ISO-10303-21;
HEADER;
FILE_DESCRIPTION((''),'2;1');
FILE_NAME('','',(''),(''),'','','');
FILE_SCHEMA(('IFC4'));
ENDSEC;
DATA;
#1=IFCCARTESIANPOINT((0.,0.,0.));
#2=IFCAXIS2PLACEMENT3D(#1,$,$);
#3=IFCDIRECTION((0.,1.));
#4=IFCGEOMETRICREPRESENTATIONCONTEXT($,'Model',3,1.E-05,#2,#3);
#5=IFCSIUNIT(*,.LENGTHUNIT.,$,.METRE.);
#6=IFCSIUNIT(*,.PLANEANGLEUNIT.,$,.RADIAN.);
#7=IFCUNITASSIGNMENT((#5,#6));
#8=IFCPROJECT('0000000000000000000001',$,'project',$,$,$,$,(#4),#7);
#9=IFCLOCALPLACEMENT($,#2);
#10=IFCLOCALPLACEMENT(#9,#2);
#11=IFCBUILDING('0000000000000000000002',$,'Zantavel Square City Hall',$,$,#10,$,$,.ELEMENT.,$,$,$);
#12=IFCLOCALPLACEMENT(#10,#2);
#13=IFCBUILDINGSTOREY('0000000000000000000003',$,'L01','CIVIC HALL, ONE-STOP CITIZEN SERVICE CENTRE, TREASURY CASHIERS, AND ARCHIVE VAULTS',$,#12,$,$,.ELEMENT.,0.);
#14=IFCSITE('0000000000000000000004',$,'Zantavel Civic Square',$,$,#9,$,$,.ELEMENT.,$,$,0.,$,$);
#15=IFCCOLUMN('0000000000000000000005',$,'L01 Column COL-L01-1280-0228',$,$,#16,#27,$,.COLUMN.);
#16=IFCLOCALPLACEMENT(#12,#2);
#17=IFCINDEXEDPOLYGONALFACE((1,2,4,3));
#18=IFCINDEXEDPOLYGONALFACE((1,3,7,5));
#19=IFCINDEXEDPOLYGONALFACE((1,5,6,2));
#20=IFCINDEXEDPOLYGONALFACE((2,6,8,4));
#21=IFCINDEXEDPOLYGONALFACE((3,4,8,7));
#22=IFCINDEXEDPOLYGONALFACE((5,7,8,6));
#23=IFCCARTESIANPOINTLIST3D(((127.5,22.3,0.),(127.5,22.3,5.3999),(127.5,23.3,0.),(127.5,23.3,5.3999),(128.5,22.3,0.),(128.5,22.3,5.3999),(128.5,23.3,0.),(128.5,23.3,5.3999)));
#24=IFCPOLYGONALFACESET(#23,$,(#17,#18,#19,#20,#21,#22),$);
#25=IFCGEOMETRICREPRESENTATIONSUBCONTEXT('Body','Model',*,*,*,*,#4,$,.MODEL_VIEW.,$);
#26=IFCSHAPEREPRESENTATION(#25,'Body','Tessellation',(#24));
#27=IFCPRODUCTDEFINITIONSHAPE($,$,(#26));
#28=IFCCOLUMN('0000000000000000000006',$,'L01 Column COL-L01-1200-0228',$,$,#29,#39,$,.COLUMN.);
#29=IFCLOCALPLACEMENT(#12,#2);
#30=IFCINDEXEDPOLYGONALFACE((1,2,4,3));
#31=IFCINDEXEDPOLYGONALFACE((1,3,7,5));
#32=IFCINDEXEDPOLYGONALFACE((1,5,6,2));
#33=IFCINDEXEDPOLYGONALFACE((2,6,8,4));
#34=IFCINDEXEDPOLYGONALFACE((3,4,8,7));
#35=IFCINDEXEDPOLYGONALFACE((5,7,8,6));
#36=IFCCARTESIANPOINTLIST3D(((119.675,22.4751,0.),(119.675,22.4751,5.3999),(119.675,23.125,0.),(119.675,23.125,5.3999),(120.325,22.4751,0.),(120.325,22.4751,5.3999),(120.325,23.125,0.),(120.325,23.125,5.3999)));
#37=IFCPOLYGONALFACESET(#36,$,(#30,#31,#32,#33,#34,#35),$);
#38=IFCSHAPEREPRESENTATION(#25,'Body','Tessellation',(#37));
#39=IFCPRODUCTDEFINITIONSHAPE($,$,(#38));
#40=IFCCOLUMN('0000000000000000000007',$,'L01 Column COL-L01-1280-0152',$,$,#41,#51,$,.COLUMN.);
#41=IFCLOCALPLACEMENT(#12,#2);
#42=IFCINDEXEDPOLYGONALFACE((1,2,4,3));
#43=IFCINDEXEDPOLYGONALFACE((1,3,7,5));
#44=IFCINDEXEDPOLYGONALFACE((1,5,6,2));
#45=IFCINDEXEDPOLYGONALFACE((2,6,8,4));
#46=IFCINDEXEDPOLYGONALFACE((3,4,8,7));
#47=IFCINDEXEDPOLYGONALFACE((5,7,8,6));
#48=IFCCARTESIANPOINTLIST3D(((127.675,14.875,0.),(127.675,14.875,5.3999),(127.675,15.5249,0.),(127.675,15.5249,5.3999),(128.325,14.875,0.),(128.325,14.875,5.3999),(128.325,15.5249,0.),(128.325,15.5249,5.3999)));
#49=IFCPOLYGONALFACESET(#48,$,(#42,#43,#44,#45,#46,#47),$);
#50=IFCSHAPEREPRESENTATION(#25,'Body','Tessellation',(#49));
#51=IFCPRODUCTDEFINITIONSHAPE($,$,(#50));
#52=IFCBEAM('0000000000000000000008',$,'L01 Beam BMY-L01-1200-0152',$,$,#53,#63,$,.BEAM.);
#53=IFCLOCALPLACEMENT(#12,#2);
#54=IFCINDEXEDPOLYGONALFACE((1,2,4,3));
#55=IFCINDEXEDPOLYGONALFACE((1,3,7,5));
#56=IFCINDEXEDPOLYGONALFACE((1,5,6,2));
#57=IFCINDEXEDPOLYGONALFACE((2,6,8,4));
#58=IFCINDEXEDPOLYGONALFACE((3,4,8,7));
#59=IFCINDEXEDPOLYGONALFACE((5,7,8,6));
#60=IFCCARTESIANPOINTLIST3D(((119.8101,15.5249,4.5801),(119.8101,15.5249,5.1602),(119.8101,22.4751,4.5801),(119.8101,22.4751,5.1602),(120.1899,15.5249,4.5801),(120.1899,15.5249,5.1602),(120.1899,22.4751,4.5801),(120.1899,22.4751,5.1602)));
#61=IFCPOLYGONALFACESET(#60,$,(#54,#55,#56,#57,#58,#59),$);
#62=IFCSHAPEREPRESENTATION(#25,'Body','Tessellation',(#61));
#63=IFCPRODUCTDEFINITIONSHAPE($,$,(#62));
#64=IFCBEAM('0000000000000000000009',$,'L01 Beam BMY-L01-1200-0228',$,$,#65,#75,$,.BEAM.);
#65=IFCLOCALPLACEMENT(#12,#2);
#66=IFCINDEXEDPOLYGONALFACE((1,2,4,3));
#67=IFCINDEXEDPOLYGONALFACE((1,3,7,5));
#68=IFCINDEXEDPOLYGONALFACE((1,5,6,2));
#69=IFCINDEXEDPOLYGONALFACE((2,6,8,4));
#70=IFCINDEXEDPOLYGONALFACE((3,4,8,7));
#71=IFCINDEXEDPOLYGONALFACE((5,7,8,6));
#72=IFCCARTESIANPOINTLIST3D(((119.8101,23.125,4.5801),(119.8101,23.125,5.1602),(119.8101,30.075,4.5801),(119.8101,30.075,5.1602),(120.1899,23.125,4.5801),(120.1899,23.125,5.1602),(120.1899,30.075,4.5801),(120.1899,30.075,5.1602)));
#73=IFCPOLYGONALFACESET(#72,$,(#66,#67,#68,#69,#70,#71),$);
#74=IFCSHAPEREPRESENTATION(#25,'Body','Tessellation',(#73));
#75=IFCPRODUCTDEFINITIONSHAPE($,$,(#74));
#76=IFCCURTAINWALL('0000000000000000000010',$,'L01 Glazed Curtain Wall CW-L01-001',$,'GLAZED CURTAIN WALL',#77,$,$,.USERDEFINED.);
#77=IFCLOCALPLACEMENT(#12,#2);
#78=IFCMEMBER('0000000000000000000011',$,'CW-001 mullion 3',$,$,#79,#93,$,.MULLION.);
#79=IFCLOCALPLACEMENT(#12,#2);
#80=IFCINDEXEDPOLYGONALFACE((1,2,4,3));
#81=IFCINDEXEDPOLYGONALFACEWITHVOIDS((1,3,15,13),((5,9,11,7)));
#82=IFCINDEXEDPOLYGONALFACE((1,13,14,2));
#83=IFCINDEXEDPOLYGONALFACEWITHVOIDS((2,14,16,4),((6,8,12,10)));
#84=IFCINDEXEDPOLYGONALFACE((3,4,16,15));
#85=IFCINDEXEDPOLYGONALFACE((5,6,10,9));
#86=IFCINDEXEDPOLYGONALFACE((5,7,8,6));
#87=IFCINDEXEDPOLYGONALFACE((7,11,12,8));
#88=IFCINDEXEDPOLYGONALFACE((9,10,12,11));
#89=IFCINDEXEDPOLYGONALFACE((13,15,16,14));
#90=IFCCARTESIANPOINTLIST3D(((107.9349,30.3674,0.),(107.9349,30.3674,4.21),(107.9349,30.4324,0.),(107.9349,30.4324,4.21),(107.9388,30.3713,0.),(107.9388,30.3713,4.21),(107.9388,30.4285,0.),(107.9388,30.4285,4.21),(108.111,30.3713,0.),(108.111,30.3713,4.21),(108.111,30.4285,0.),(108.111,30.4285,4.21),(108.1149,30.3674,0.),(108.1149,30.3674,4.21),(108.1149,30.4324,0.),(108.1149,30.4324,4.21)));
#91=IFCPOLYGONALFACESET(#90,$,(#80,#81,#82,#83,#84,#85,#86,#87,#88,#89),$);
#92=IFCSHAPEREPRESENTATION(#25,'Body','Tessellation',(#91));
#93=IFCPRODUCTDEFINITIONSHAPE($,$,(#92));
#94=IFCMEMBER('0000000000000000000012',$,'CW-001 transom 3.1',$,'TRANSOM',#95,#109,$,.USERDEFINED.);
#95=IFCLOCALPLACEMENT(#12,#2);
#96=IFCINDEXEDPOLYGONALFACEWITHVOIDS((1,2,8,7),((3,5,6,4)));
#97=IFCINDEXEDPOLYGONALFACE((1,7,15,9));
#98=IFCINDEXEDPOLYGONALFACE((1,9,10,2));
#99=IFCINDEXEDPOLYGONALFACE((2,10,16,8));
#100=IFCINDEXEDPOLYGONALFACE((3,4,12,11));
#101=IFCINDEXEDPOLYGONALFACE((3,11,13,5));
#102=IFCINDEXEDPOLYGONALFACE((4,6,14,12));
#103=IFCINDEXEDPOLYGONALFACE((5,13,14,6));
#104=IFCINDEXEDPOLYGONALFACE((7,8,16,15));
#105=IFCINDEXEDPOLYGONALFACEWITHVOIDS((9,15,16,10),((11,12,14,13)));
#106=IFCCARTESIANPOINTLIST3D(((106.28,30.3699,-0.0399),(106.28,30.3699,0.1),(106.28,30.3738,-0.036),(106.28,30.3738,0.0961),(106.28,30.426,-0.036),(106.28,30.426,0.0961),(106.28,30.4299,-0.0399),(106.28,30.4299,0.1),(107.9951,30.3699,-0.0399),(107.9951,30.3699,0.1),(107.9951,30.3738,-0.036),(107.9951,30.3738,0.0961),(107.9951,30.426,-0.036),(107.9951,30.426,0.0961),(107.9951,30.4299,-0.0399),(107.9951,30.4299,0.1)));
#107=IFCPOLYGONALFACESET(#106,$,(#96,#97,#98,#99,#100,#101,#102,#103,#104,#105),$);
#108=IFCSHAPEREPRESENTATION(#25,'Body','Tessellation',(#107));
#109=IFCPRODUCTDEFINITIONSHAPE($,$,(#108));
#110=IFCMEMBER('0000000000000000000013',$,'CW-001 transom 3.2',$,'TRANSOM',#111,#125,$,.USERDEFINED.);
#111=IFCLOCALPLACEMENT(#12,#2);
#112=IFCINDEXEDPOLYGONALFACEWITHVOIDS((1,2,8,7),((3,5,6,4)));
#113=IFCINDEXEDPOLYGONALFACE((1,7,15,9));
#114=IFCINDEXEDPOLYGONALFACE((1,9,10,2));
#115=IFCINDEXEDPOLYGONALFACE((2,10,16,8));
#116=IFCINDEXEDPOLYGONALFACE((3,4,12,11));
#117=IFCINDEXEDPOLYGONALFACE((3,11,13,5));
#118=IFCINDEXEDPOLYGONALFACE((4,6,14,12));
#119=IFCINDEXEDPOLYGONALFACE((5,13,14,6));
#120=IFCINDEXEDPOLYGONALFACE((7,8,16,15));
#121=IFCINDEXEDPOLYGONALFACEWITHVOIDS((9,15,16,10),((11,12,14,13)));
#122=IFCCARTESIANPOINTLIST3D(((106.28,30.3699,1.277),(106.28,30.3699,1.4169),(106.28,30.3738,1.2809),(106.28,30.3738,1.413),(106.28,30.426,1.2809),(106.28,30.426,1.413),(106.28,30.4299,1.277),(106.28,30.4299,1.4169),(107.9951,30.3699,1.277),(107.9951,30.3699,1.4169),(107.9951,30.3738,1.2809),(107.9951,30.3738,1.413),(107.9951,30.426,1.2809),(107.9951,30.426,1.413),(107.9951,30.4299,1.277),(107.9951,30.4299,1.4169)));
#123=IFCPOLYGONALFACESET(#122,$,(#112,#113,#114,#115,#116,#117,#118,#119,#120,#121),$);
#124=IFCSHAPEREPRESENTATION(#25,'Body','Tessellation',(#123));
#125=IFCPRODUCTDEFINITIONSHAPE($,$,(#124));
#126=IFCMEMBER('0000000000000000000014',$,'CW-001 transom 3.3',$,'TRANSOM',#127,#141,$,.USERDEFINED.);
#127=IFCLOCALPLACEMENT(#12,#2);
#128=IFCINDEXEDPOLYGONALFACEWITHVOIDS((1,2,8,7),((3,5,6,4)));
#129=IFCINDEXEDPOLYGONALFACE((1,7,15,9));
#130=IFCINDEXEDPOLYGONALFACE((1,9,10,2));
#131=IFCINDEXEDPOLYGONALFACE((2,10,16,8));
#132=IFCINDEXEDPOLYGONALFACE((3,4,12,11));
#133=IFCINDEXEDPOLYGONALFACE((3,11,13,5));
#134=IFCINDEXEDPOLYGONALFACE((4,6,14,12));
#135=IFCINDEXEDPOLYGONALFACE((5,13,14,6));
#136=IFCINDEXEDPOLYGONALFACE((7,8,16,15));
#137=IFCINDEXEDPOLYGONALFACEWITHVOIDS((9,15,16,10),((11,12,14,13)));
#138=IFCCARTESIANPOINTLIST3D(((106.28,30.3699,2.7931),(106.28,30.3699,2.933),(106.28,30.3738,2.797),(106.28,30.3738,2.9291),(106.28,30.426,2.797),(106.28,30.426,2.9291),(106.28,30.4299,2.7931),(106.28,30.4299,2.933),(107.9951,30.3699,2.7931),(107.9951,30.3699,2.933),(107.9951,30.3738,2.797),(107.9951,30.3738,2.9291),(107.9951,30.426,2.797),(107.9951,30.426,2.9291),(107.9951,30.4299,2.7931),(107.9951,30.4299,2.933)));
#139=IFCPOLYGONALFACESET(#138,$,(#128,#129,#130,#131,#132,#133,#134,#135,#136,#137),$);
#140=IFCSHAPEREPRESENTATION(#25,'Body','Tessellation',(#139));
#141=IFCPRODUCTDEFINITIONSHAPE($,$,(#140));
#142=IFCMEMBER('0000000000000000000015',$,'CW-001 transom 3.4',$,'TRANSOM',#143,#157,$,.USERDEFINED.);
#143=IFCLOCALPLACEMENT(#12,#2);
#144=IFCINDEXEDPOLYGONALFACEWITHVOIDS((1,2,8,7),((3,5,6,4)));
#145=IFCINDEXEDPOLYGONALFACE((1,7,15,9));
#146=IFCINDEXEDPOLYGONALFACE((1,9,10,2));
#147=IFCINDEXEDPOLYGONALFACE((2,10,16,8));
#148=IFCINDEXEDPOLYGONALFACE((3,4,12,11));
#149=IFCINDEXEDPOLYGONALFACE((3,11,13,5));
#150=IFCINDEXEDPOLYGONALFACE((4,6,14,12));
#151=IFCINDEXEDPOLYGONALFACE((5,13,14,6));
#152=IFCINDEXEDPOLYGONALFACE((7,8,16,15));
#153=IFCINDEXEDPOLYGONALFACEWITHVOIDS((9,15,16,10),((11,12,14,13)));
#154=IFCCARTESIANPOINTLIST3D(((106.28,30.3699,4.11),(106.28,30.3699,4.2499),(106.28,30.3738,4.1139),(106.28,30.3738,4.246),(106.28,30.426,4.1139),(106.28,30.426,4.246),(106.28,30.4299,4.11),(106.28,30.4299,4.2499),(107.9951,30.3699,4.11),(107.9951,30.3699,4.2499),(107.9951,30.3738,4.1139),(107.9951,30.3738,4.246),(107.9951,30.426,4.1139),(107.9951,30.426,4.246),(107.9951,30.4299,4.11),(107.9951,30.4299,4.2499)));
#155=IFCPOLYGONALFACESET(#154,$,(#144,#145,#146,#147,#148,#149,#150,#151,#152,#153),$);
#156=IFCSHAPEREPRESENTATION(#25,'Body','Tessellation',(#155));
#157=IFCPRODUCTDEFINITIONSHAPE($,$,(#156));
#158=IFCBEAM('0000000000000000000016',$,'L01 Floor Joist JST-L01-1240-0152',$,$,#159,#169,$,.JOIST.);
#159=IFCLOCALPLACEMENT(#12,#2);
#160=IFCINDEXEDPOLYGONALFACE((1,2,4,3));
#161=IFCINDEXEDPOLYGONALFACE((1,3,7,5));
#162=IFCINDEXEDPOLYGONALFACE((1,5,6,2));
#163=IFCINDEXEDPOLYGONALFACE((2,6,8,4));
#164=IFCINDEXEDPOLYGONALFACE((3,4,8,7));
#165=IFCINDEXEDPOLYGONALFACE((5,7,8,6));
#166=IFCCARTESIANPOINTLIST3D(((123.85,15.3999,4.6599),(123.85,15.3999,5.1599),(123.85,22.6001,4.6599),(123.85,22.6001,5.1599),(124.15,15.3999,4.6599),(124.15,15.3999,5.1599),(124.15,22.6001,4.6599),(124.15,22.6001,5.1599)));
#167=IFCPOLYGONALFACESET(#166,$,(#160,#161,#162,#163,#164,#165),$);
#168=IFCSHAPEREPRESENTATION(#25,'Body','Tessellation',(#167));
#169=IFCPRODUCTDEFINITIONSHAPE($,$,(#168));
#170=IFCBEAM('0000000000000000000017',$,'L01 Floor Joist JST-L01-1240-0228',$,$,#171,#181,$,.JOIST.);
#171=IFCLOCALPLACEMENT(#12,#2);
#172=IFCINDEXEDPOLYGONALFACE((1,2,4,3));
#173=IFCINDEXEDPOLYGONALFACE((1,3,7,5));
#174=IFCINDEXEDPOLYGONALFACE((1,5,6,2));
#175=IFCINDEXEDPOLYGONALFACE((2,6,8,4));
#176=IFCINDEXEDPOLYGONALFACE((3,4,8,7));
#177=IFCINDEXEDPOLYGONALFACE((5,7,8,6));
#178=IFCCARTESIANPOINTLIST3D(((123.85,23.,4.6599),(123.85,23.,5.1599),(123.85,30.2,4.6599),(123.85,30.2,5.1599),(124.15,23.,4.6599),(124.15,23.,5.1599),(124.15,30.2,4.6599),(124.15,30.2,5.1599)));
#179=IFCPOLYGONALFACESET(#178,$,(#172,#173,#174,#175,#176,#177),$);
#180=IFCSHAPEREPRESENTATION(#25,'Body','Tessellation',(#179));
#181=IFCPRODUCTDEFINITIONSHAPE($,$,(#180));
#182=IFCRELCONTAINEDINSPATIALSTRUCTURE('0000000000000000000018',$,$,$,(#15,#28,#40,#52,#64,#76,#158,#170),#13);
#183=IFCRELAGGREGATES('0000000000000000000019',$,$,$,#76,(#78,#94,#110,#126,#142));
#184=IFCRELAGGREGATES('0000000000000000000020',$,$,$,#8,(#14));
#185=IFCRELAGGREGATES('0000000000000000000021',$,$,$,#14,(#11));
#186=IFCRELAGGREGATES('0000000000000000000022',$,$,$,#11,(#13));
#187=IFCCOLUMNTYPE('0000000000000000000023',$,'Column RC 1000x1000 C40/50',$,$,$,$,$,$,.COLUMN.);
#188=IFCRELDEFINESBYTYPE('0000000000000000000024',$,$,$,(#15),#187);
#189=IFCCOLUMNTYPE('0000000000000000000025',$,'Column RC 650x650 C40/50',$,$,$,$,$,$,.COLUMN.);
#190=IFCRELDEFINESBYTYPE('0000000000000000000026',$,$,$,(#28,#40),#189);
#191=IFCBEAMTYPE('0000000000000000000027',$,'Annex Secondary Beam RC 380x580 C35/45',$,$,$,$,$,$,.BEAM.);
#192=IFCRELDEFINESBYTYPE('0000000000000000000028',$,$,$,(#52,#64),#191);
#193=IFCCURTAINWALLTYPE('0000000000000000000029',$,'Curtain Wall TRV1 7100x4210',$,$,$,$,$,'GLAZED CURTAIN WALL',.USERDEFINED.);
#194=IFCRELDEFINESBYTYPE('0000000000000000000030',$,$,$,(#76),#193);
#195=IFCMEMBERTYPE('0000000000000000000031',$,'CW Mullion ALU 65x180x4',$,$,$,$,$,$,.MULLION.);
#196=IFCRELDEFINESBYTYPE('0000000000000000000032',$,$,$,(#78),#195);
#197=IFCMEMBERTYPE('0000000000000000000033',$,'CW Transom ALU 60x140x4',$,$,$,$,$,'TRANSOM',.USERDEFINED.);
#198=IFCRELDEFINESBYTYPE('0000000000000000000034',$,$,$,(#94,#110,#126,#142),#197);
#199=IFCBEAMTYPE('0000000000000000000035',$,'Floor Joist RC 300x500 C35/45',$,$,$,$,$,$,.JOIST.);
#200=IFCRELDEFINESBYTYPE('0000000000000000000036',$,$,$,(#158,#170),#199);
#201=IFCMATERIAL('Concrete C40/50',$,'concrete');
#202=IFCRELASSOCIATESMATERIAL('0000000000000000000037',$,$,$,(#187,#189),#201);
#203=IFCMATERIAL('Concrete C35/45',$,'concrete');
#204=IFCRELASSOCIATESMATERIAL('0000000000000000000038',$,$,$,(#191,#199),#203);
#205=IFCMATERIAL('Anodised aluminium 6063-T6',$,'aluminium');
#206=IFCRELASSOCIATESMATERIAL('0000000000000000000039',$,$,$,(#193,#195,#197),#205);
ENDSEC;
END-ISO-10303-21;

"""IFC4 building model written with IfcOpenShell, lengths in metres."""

from ifc_helpers import new_model, si_unit, direction, frame, origin, origin_2d, place, context, subcontext, project, spatial, rectangle, hollow_rectangle, extrude, material, material_profile, profile_set, type_object, element, aggregate, save


model = new_model("IFC4")

# Units and contexts
model_context = context("Model", 3, precision=1e-05, world=origin(), true_north=direction((0.0, 1.0)))
body_context = subcontext(model_context, "Body", "Model", "MODEL_VIEW")
ifc_project = project(units=[si_unit("LENGTHUNIT", "METRE"), si_unit("PLANEANGLEUNIT", "RADIAN")], contexts=[model_context])

# Site, building, storey
site_placement = place(None, origin())
site = spatial("IfcSite", under=ifc_project, at=site_placement, Name="Zantavel Civic Square", CompositionType="ELEMENT", RefElevation=0.0)
building_placement = place(site_placement, origin())
building = spatial("IfcBuilding", under=site, at=building_placement, Name="Zantavel Square City Hall", CompositionType="ELEMENT")
storey_placement = place(building_placement, origin())
storey = spatial("IfcBuildingStorey", under=building, at=storey_placement, Name="L01", Description="CIVIC HALL, ONE-STOP CITIZEN SERVICE CENTRE, TREASURY CASHIERS, AND ARCHIVE VAULTS", CompositionType="ELEMENT", Elevation=0.0)

# Columns
ifc_material_1 = material(Name="Concrete C40/50", Category="concrete")
ifc_material_profile_1 = material_profile(ifc_material_1, rectangle(XDim=1.0, YDim=1.0, at=origin_2d()), Name="RC 1000x1000")
ifc_profile_set_1 = profile_set([ifc_material_profile_1], Name="Concrete C40/50")
column_type_1 = type_object("IfcColumnType", Name="Column RC 1000x1000 C40/50", PredefinedType="COLUMN", material=ifc_profile_set_1)
column_placement = place(storey_placement, frame((128.0, 22.8, 0.0), z_axis=(0.0, 0.0, 1.0), x_axis=(1.0, 0.0, 0.0)))
element("IfcColumn", 1, at=column_placement, inside=storey, type_object=column_type_1, Name="L01 Column COL-L01-1280-0228", PredefinedType="COLUMN", context=body_context, shape_type="SweptSolid", body=[
    extrude(rectangle(XDim=1.0, YDim=1.0, at=origin_2d()), origin(), (0.0, 0.0, 1.0), 5.3999),
])
ifc_material_profile_2 = material_profile(ifc_material_1, rectangle(XDim=0.6499, YDim=0.6499, at=origin_2d()), Name="RC 650x650")
ifc_profile_set_2 = profile_set([ifc_material_profile_2], Name="Concrete C40/50")
column_type_2 = type_object("IfcColumnType", Name="Column RC 650x650 C40/50", PredefinedType="COLUMN", material=ifc_profile_set_2)
for number, where, z_axis, x_axis, name in (
    (2, (120.0, 22.8, 0.0), (0.0, 0.0, 1.0), (1.0, 0.0, 0.0), "L01 Column COL-L01-1200-0228"),
    (3, (128.0, 15.2, 0.0), (0.0, 0.0, 1.0), (1.0, 0.0, 0.0), "L01 Column COL-L01-1280-0152"),
):
    element("IfcColumn", number, at=place(storey_placement, frame(where, z_axis=z_axis, x_axis=x_axis)), inside=storey, type_object=column_type_2, Name=name, PredefinedType="COLUMN", context=body_context, shape_type="SweptSolid", body=[
        extrude(rectangle(XDim=0.6499, YDim=0.6499, at=origin_2d()), origin(), (0.0, 0.0, 1.0), 5.3999),
    ])

# Beams
ifc_material_2 = material(Name="Concrete C35/45", Category="concrete")
ifc_material_profile_3 = material_profile(ifc_material_2, rectangle(XDim=0.3799, YDim=0.5801, at=origin_2d()), Name="RC 380x580")
ifc_profile_set_3 = profile_set([ifc_material_profile_3], Name="Concrete C35/45")
beam_type_1 = type_object("IfcBeamType", Name="Annex Secondary Beam RC 380x580 C35/45", PredefinedType="BEAM", material=ifc_profile_set_3)
beam_1_placement = place(storey_placement, frame((120.0, 15.5249, 4.8701), z_axis=(0.0, 1.0, 0.0), x_axis=(-1.0, 0.0, 0.0)))
element("IfcBeam", 4, at=beam_1_placement, inside=storey, type_object=beam_type_1, Name="L01 Beam BMY-L01-1200-0152", PredefinedType="BEAM", context=body_context, shape_type="SweptSolid", body=[
    extrude(rectangle(XDim=0.3799, YDim=0.5801, at=origin_2d()), origin(), (0.0, 0.0, 1.0), 6.9502),
])
beam_2_placement = place(storey_placement, frame((120.0, 23.125, 4.8701), z_axis=(0.0, 1.0, 0.0), x_axis=(-1.0, 0.0, 0.0)))
element("IfcBeam", 5, at=beam_2_placement, inside=storey, type_object=beam_type_1, Name="L01 Beam BMY-L01-1200-0228", PredefinedType="BEAM", context=body_context, shape_type="SweptSolid", body=[
    extrude(rectangle(XDim=0.3799, YDim=0.5801, at=origin_2d()), origin(), (0.0, 0.0, 1.0), 6.95),
])

# Curtain wall, members
ifc_material_3 = material(Name="Anodised aluminium 6063-T6", Category="aluminium")
curtain_wall_type = type_object("IfcCurtainWallType", Name="Curtain Wall TRV1 7100x4210", ElementType="GLAZED CURTAIN WALL", PredefinedType="USERDEFINED", material=ifc_material_3)
curtain_wall_placement = place(storey_placement, origin())
curtain_wall = element("IfcCurtainWall", 6, at=curtain_wall_placement, inside=storey, type_object=curtain_wall_type, Name="L01 Glazed Curtain Wall CW-L01-001", ObjectType="GLAZED CURTAIN WALL", PredefinedType="USERDEFINED")
ifc_material_profile_4 = material_profile(ifc_material_3, hollow_rectangle(XDim=0.0649, YDim=0.1799, WallThickness=0.0039, at=origin_2d()), Name="ALU 65x180x4")
ifc_profile_set_4 = profile_set([ifc_material_profile_4], Name="Anodised aluminium 6063-T6")
member_type_1 = type_object("IfcMemberType", Name="CW Mullion ALU 65x180x4", PredefinedType="MULLION", material=ifc_profile_set_4)
member_1_placement = place(storey_placement, frame((108.0249, 30.3999, 0.0), z_axis=(0.0, 0.0, 1.0), x_axis=(0.0, -1.0, 0.0)))
member_1 = element("IfcMember", 7, at=member_1_placement, type_object=member_type_1, Name="CW-001 mullion 3", PredefinedType="MULLION", context=body_context, shape_type="SweptSolid", body=[
    extrude(hollow_rectangle(XDim=0.0649, YDim=0.1799, WallThickness=0.0039, at=origin_2d()), origin(), (0.0, 0.0, 1.0), 4.21),
])
ifc_material_profile_5 = material_profile(ifc_material_3, hollow_rectangle(XDim=0.0601, YDim=0.1399, WallThickness=0.0039, at=origin_2d()), Name="ALU 60x140x4")
ifc_profile_set_5 = profile_set([ifc_material_profile_5], Name="Anodised aluminium 6063-T6")
member_type_2 = type_object("IfcMemberType", Name="CW Transom ALU 60x140x4", ElementType="TRANSOM", PredefinedType="USERDEFINED", material=ifc_profile_set_5)
member_2_placement = place(storey_placement, frame((107.9951, 30.3999, 0.03), z_axis=(-1.0, 0.0, 0.0), x_axis=(0.0, -1.0, 0.0)))
member_2 = element("IfcMember", 8, at=member_2_placement, type_object=member_type_2, Name="CW-001 transom 3.1", ObjectType="TRANSOM", PredefinedType="USERDEFINED", context=body_context, shape_type="SweptSolid", body=[
    extrude(hollow_rectangle(XDim=0.0601, YDim=0.1399, WallThickness=0.0039, at=origin_2d()), origin(), (0.0, 0.0, 1.0), 1.7151),
])
member_3_placement = place(storey_placement, frame((107.9951, 30.3999, 1.3469), z_axis=(-1.0, 0.0, 0.0), x_axis=(0.0, -1.0, 0.0)))
member_3 = element("IfcMember", 9, at=member_3_placement, type_object=member_type_2, Name="CW-001 transom 3.2", ObjectType="TRANSOM", PredefinedType="USERDEFINED", context=body_context, shape_type="SweptSolid", body=[
    extrude(hollow_rectangle(XDim=0.0601, YDim=0.1399, WallThickness=0.0039, at=origin_2d()), origin(), (0.0, 0.0, 1.0), 1.7151),
])
member_4_placement = place(storey_placement, frame((107.9951, 30.3999, 2.863), z_axis=(-1.0, 0.0, 0.0), x_axis=(0.0, -1.0, 0.0)))
member_4 = element("IfcMember", 10, at=member_4_placement, type_object=member_type_2, Name="CW-001 transom 3.3", ObjectType="TRANSOM", PredefinedType="USERDEFINED", context=body_context, shape_type="SweptSolid", body=[
    extrude(hollow_rectangle(XDim=0.0601, YDim=0.1399, WallThickness=0.0039, at=origin_2d()), origin(), (0.0, 0.0, 1.0), 1.7151),
])
member_5_placement = place(storey_placement, frame((107.9951, 30.3999, 4.1799), z_axis=(-1.0, 0.0, 0.0), x_axis=(0.0, -1.0, 0.0)))
member_5 = element("IfcMember", 11, at=member_5_placement, type_object=member_type_2, Name="CW-001 transom 3.4", ObjectType="TRANSOM", PredefinedType="USERDEFINED", context=body_context, shape_type="SweptSolid", body=[
    extrude(hollow_rectangle(XDim=0.0601, YDim=0.1399, WallThickness=0.0039, at=origin_2d()), origin(), (0.0, 0.0, 1.0), 1.7151),
])

# Beams
ifc_material_profile_6 = material_profile(ifc_material_2, rectangle(XDim=0.3, YDim=0.5, at=origin_2d()), Name="RC 300x500")
ifc_profile_set_6 = profile_set([ifc_material_profile_6], Name="Concrete C35/45")
beam_type_2 = type_object("IfcBeamType", Name="Floor Joist RC 300x500 C35/45", PredefinedType="JOIST", material=ifc_profile_set_6)
beam_3_placement = place(storey_placement, frame((124.0, 15.3999, 4.9099), z_axis=(0.0, 1.0, 0.0), x_axis=(-1.0, 0.0, 0.0)))
element("IfcBeam", 12, at=beam_3_placement, inside=storey, type_object=beam_type_2, Name="L01 Floor Joist JST-L01-1240-0152", PredefinedType="JOIST", context=body_context, shape_type="SweptSolid", body=[
    extrude(rectangle(XDim=0.3, YDim=0.5, at=origin_2d()), origin(), (0.0, 0.0, 1.0), 7.2002),
])
beam_4_placement = place(storey_placement, frame((124.0, 23.0, 4.9099), z_axis=(0.0, 1.0, 0.0), x_axis=(-1.0, 0.0, 0.0)))
element("IfcBeam", 13, at=beam_4_placement, inside=storey, type_object=beam_type_2, Name="L01 Floor Joist JST-L01-1240-0228", PredefinedType="JOIST", context=body_context, shape_type="SweptSolid", body=[
    extrude(rectangle(XDim=0.3, YDim=0.5, at=origin_2d()), origin(), (0.0, 0.0, 1.0), 7.2),
])

aggregate(curtain_wall, [member_1, member_2, member_3, member_4, member_5])

save(model, "model.ifc")
